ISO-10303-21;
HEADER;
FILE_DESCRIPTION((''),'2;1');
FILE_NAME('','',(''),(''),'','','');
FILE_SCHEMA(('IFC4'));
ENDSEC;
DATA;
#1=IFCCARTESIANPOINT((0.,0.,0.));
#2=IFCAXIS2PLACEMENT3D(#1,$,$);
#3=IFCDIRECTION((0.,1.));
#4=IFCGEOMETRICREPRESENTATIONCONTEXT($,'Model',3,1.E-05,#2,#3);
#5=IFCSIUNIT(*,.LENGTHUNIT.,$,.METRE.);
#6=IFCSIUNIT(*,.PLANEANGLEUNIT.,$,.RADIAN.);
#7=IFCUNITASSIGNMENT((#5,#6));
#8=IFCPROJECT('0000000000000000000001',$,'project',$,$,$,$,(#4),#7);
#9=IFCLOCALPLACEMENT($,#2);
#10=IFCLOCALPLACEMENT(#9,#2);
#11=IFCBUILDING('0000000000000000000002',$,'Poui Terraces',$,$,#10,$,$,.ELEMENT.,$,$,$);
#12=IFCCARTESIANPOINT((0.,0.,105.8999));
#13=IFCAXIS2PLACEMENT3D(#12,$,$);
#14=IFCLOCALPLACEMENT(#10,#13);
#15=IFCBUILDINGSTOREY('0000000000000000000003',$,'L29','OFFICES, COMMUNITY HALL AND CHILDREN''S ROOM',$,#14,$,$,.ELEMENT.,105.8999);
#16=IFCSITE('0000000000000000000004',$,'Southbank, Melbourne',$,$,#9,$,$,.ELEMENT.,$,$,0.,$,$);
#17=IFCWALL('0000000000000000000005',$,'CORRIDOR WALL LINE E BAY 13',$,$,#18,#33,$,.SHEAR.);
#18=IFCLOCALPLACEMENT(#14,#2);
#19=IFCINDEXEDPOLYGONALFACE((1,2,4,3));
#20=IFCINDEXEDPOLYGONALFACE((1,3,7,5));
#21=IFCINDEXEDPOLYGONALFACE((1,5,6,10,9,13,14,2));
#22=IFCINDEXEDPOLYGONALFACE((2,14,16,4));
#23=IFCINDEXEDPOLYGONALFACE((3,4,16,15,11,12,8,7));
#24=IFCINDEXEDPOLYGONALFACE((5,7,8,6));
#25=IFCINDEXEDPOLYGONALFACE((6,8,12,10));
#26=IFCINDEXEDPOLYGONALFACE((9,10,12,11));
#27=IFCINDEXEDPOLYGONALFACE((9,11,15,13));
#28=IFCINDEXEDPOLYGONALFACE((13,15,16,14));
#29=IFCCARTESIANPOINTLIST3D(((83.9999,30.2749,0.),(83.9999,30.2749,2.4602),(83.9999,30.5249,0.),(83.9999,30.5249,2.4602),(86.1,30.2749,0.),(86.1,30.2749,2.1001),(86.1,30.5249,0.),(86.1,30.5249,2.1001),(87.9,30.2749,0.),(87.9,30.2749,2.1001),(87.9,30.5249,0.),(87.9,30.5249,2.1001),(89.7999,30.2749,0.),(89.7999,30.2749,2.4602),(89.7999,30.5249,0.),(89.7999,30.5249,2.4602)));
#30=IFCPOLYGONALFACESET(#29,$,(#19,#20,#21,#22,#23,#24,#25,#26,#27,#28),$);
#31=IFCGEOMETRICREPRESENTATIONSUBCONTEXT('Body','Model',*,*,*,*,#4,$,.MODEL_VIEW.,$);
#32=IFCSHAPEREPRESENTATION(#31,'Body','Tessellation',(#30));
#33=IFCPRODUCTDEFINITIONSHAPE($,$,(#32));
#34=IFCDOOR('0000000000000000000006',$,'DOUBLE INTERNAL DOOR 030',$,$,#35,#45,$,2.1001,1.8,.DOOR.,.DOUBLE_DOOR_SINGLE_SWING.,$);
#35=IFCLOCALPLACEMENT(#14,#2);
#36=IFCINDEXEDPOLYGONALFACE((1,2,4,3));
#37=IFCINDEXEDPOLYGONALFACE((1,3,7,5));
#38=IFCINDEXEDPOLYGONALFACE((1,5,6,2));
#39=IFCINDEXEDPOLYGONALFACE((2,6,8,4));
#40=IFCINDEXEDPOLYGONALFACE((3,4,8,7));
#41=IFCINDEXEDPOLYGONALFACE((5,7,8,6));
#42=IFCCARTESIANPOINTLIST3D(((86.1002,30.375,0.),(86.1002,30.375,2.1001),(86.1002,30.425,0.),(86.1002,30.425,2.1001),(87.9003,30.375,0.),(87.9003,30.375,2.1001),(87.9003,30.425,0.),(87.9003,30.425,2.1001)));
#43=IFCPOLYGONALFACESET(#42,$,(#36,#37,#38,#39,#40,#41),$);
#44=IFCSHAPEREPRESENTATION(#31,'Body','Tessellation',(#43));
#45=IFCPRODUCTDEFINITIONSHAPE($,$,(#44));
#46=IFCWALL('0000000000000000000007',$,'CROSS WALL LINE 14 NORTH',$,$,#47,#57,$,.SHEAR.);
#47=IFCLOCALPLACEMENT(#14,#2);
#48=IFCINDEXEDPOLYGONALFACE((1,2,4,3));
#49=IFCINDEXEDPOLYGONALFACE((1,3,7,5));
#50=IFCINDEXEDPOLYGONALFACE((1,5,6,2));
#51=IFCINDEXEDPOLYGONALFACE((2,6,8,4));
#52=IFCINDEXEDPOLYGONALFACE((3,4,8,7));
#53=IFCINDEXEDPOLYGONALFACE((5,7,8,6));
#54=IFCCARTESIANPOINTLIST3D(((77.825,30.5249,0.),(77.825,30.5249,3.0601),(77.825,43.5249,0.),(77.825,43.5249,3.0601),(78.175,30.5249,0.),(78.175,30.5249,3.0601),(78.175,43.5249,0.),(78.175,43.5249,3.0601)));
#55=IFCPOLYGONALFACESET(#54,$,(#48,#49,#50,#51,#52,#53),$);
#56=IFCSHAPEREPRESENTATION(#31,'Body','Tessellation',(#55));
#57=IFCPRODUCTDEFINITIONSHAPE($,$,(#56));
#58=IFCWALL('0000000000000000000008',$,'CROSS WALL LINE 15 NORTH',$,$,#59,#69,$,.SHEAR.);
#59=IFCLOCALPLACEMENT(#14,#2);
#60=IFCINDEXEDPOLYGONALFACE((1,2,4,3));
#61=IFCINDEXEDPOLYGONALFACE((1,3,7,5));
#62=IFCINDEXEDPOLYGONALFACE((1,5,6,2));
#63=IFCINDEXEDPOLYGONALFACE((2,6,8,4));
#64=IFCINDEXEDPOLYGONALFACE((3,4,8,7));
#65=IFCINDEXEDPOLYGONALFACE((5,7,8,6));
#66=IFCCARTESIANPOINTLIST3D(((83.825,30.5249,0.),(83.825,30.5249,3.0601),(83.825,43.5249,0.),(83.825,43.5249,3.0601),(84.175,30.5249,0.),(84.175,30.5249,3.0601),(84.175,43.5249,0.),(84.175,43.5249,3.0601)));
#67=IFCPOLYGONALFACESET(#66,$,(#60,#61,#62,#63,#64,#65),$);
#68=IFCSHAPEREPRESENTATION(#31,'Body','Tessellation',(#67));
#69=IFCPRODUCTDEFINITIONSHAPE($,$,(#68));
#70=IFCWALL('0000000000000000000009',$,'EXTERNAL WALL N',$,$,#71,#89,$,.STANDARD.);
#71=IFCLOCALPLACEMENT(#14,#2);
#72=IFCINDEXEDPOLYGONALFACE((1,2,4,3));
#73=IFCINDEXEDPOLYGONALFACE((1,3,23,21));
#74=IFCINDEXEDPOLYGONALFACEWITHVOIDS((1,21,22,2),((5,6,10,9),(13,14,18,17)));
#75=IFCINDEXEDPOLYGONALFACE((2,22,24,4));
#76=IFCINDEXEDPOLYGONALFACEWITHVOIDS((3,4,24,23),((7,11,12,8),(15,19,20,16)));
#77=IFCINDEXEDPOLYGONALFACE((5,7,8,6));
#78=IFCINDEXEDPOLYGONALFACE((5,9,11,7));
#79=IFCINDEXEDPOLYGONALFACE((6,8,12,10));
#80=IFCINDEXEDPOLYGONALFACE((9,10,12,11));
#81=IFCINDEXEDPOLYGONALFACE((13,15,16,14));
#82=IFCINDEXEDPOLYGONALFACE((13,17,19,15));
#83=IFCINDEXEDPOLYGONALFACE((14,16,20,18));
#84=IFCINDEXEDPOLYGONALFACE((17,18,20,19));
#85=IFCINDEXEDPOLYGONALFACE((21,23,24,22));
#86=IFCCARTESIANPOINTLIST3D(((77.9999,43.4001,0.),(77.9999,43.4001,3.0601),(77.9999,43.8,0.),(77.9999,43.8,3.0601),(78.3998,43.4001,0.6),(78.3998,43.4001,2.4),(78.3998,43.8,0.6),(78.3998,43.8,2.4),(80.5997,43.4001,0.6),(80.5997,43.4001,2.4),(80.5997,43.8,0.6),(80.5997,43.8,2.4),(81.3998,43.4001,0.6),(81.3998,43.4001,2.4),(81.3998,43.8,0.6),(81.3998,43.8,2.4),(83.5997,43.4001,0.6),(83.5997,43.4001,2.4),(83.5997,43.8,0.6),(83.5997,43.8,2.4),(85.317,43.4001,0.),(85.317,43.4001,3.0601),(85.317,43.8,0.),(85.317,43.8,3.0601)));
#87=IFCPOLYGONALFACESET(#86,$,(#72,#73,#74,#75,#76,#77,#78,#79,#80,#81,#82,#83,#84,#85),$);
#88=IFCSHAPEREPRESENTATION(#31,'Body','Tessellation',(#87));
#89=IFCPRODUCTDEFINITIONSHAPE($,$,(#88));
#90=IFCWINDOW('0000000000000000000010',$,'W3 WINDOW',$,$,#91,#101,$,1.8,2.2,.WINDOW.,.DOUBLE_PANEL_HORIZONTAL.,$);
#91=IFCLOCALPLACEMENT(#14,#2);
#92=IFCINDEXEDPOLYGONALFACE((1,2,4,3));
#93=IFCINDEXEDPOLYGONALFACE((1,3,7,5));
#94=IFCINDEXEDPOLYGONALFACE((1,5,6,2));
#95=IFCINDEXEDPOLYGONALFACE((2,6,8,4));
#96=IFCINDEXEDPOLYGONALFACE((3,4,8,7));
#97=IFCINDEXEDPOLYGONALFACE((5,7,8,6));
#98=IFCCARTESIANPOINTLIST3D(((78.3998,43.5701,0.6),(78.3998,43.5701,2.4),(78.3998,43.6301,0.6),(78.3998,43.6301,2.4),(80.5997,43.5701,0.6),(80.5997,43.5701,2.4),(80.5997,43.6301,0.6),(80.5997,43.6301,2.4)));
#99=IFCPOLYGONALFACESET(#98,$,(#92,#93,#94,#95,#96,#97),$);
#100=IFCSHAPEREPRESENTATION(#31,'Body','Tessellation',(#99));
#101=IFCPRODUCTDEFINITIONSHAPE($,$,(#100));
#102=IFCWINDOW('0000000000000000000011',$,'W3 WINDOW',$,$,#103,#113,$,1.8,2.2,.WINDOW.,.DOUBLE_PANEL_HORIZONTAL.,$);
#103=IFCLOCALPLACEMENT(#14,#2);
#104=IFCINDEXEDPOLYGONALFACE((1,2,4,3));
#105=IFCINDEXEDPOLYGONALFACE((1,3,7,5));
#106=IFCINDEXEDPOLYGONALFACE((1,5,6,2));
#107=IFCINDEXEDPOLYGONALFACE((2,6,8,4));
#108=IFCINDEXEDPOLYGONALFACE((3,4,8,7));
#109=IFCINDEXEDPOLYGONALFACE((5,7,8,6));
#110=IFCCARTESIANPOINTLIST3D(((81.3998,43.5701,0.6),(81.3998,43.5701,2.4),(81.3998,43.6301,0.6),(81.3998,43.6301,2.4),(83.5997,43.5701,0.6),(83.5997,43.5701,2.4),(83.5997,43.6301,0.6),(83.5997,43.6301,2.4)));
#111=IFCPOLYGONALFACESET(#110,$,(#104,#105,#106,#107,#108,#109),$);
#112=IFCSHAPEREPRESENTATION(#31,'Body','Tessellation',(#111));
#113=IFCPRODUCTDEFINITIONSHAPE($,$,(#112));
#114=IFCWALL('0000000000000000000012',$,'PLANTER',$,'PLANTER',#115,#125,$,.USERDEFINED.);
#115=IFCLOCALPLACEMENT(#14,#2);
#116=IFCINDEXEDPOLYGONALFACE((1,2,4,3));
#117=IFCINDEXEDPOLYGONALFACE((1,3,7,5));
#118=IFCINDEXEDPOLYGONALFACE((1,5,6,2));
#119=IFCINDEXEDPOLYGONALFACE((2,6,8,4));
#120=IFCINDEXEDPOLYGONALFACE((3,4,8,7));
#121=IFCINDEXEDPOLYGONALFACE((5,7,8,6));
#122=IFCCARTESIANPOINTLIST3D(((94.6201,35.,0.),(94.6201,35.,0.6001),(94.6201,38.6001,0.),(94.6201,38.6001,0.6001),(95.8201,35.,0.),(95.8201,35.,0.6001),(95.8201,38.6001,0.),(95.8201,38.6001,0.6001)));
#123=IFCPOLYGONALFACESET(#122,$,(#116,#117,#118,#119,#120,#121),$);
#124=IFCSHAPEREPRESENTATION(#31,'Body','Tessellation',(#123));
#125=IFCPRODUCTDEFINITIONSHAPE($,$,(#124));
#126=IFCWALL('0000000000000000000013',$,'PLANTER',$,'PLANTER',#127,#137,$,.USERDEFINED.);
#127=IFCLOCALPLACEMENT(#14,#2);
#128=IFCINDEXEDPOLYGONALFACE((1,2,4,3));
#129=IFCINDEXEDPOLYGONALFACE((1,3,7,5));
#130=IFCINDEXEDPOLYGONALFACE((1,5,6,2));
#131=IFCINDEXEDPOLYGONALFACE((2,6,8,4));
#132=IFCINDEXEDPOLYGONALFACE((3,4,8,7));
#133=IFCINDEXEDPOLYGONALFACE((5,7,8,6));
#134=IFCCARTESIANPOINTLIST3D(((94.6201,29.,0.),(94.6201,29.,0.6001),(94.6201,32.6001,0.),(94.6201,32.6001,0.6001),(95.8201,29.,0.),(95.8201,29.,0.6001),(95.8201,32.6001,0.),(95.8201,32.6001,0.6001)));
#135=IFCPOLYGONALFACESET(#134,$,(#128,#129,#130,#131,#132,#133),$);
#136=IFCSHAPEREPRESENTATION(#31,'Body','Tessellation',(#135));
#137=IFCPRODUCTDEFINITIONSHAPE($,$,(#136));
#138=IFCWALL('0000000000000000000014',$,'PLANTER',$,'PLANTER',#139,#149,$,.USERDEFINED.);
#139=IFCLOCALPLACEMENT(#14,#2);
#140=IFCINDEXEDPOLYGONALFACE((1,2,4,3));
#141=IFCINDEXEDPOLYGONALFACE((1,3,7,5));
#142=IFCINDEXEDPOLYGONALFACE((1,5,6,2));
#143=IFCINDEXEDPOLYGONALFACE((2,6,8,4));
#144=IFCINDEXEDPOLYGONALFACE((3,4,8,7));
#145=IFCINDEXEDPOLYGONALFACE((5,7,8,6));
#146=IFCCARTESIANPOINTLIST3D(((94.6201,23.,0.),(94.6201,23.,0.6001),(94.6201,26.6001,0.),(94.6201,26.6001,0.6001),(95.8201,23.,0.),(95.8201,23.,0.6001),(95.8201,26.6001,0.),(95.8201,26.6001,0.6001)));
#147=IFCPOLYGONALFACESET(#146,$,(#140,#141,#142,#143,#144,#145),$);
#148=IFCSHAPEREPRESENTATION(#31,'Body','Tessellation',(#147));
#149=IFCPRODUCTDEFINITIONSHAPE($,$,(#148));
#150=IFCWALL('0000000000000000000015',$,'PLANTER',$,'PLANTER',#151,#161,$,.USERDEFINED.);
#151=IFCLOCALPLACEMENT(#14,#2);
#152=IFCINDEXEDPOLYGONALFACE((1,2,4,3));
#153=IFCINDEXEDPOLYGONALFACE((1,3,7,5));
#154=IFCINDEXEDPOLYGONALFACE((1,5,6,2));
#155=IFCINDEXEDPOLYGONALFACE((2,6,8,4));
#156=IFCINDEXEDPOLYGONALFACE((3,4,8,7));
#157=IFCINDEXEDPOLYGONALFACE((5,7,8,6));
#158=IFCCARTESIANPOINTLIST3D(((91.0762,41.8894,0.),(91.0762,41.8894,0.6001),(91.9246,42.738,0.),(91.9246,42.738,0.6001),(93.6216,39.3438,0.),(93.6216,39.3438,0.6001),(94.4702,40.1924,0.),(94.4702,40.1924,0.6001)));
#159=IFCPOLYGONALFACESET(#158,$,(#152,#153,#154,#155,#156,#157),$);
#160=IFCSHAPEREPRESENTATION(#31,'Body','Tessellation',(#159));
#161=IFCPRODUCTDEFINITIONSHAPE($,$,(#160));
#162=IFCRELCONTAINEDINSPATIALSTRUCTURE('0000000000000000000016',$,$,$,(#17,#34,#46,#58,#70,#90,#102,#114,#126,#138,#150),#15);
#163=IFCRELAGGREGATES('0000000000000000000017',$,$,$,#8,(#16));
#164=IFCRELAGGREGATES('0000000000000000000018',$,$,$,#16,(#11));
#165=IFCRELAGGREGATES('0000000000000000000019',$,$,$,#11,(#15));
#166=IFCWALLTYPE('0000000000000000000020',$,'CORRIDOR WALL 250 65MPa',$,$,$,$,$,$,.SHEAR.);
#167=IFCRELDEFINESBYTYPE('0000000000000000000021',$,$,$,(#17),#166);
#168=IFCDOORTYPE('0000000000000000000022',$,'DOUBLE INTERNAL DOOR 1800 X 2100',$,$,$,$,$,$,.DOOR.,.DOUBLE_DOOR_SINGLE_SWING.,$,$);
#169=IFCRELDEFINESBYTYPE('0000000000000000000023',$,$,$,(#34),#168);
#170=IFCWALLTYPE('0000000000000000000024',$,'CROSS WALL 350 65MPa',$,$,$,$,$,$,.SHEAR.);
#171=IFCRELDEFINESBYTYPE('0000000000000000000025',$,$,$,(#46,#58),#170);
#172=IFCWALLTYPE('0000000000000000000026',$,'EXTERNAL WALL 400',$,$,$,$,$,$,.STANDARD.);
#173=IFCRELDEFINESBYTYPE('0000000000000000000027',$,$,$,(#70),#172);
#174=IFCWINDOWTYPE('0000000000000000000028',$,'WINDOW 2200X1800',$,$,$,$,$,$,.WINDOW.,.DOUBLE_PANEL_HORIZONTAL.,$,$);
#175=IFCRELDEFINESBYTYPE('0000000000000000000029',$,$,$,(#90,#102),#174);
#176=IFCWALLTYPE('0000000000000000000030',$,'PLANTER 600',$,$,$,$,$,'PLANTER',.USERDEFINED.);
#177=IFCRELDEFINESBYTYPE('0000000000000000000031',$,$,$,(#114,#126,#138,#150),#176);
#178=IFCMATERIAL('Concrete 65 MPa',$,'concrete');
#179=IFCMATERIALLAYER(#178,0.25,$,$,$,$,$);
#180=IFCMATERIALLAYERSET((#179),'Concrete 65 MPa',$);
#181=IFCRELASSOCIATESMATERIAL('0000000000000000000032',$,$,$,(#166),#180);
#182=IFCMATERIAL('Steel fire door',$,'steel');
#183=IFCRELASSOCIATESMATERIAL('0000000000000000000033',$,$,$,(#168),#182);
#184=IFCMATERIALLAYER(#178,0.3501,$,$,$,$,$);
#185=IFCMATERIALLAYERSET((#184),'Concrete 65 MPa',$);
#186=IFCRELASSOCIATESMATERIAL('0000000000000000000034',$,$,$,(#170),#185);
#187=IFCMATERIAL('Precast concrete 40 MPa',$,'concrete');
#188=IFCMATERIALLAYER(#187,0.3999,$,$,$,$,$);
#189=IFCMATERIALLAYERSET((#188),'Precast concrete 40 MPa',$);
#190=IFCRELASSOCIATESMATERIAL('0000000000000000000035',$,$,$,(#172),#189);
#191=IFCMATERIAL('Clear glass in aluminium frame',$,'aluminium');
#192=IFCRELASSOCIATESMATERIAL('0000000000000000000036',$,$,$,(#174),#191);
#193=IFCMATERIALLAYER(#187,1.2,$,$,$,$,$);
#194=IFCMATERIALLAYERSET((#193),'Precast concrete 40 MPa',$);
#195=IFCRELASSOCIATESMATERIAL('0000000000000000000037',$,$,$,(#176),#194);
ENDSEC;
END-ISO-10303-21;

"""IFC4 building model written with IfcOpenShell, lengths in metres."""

from ifc_helpers import new_model, si_unit, direction, frame, frame_2d, origin, place, context, subcontext, project, spatial, polyline, rectangle, outline, extrude, source, transform, mapped, material, layer, layer_set, type_object, element, fill, save


model = new_model("IFC4")

# Units and contexts
model_context = context("Model", 3, precision=1e-05, world=origin(), true_north=direction((0.0, 1.0)))
body_context = subcontext(model_context, "Body", "Model", "MODEL_VIEW")
ifc_project = project(units=[si_unit("LENGTHUNIT", "METRE"), si_unit("PLANEANGLEUNIT", "RADIAN")], contexts=[model_context])

# Site, building, storey
site_placement = place(None, origin())
site = spatial("IfcSite", under=ifc_project, at=site_placement, Name="Southbank, Melbourne", CompositionType="ELEMENT", RefElevation=0.0)
building_placement = place(site_placement, origin())
building = spatial("IfcBuilding", under=site, at=building_placement, Name="Poui Terraces", CompositionType="ELEMENT")
storey_placement = place(building_placement, frame((0.0, 0.0, 105.8999)))
storey = spatial("IfcBuildingStorey", under=building, at=storey_placement, Name="L29", Description="OFFICES, COMMUNITY HALL AND CHILDREN'S ROOM", CompositionType="ELEMENT", Elevation=105.8999)

# Shared definitions
ifc_material_1 = material(Name="Concrete 65 MPa", Category="concrete")

# Wall, opening, door
ifc_layer_1 = layer(ifc_material_1, 0.25)
ifc_layer_set_1 = layer_set([ifc_layer_1], Name="Concrete 65 MPa")
wall_type_1 = type_object("IfcWallType", Name="CORRIDOR WALL 250 65MPa", PredefinedType="SHEAR", material=ifc_layer_set_1)
ifc_material_2 = material(Name="Steel fire door", Category="steel")
door_type = type_object("IfcDoorType", Name="DOUBLE INTERNAL DOOR 1800 X 2100", OperationType="DOUBLE_DOOR_SINGLE_SWING", PredefinedType="DOOR", material=ifc_material_2)
wall_1_placement = place(storey_placement, frame((84.0, 30.3999, 0.0), z_axis=(0.0, 0.0, 1.0), x_axis=(1.0, 0.0, 0.0)))
wall_1 = element("IfcWall", 1, at=wall_1_placement, inside=storey, type_object=wall_type_1, Name="CORRIDOR WALL LINE E BAY 13", PredefinedType="SHEAR", context=body_context, shape_type="SweptSolid", body=[
    extrude(rectangle(XDim=5.8, YDim=0.25, at=frame_2d((2.8999, 0.0))), origin(), (0.0, 0.0, 1.0), 2.4602),
])
opening_1_placement = place(wall_1_placement, frame((2.1001, 0.0, 0.0)))
opening_1 = element("IfcOpeningElement", 2, at=opening_1_placement, cuts=wall_1, PredefinedType="OPENING", context=body_context, shape_type="SweptSolid", body=[
    extrude(rectangle(XDim=1.8, YDim=2.1001, at=frame_2d((0.8999, 1.05))), frame((0.0, 0.135, 0.0), z_axis=(0.0, -1.0, 0.0), x_axis=(1.0, 0.0, 0.0)), (0.0, 0.0, 1.0), 0.27),
])
door_1_placement = place(opening_1_placement, frame((1.8, 0.0, 0.0), z_axis=(0.0, 0.0, 1.0), x_axis=(-1.0, 0.0, 0.0)))
door_1 = element("IfcDoor", 3, at=door_1_placement, inside=storey, type_object=door_type, Name="DOUBLE INTERNAL DOOR 030", OperationType="DOUBLE_DOOR_SINGLE_SWING", OverallHeight=2.1001, OverallWidth=1.8, PredefinedType="DOOR", context=body_context, shape_type="SweptSolid", body=[
    extrude(rectangle(XDim=1.8, YDim=2.1001, at=frame_2d((0.8999, 1.05))), frame((0.0, 0.0249, 0.0), z_axis=(0.0, -1.0, 0.0), x_axis=(1.0, 0.0, 0.0)), (0.0, 0.0, 1.0), 0.05),
])
fill(opening_1, door_1)

# Walls
ifc_layer_2 = layer(ifc_material_1, 0.3501)
ifc_layer_set_2 = layer_set([ifc_layer_2], Name="Concrete 65 MPa")
wall_type_2 = type_object("IfcWallType", Name="CROSS WALL 350 65MPa", PredefinedType="SHEAR", material=ifc_layer_set_2)
for number, where, z_axis, x_axis, name in (
    (4, (78.0, 30.5249, 0.0), (0.0, 0.0, 1.0), (0.0, 1.0, 0.0), "CROSS WALL LINE 14 NORTH"),
    (5, (84.0, 30.5249, 0.0), (0.0, 0.0, 1.0), (0.0, 1.0, 0.0), "CROSS WALL LINE 15 NORTH"),
):
    element("IfcWall", number, at=place(storey_placement, frame(where, z_axis=z_axis, x_axis=x_axis)), inside=storey, type_object=wall_type_2, Name=name, PredefinedType="SHEAR", context=body_context, shape_type="SweptSolid", body=[
        extrude(rectangle(XDim=13.0, YDim=0.3501, at=frame_2d((6.5, 0.0))), origin(), (0.0, 0.0, 1.0), 3.0601),
    ])

# Wall, openings, windows
ifc_material_3 = material(Name="Precast concrete 40 MPa", Category="concrete")
ifc_layer_3 = layer(ifc_material_3, 0.3999)
ifc_layer_set_3 = layer_set([ifc_layer_3], Name="Precast concrete 40 MPa")
wall_type_3 = type_object("IfcWallType", Name="EXTERNAL WALL 400", PredefinedType="STANDARD", material=ifc_layer_set_3)
wall_2_placement = place(storey_placement, frame((85.3171, 43.6001, 0.0), z_axis=(0.0, 0.0, 1.0), x_axis=(-1.0, 0.0, 0.0)))
wall_2 = element("IfcWall", 6, at=wall_2_placement, inside=storey, type_object=wall_type_3, Name="EXTERNAL WALL N", PredefinedType="STANDARD", context=body_context, shape_type="SweptSolid", body=[
    extrude(rectangle(XDim=7.3171, YDim=0.3999, at=frame_2d((3.6587, 0.0))), origin(), (0.0, 0.0, 1.0), 3.0601),
])
opening_2_placement = place(wall_2_placement, frame((4.7173, 0.0, 0.6001)))
opening_2 = element("IfcOpeningElement", 7, at=opening_2_placement, cuts=wall_2, PredefinedType="OPENING", context=body_context, shape_type="SweptSolid", body=[
    extrude(rectangle(XDim=2.2, YDim=1.8, at=frame_2d((1.1001, 0.8999))), frame((0.0, 0.21, 0.0), z_axis=(0.0, -1.0, 0.0), x_axis=(1.0, 0.0, 0.0)), (0.0, 0.0, 1.0), 0.4199),
])
opening_3_placement = place(wall_2_placement, frame((1.7173, 0.0, 0.6001)))
opening_3 = element("IfcOpeningElement", 8, at=opening_3_placement, cuts=wall_2, PredefinedType="OPENING", context=body_context, shape_type="SweptSolid", body=[
    extrude(rectangle(XDim=2.2, YDim=1.8, at=frame_2d((1.1001, 0.8999))), frame((0.0, 0.21, 0.0), z_axis=(0.0, -1.0, 0.0), x_axis=(1.0, 0.0, 0.0)), (0.0, 0.0, 1.0), 0.4199),
])
ifc_material_4 = material(Name="Clear glass in aluminium frame", Category="aluminium")
window_type = type_object("IfcWindowType", Name="WINDOW 2200X1800", PartitioningType="DOUBLE_PANEL_HORIZONTAL", PredefinedType="WINDOW", material=ifc_material_4)
window_1_placement = place(opening_2_placement, origin())
window_1 = element("IfcWindow", 9, at=window_1_placement, inside=storey, type_object=window_type, Name="W3 WINDOW", OverallHeight=1.8, OverallWidth=2.2, PartitioningType="DOUBLE_PANEL_HORIZONTAL", PredefinedType="WINDOW", context=body_context, shape_type="SweptSolid", body=[
    extrude(rectangle(XDim=2.2, YDim=1.8, at=frame_2d((1.1001, 0.8999))), frame((0.0, 0.03, 0.0), z_axis=(0.0, -1.0, 0.0), x_axis=(1.0, 0.0, 0.0)), (0.0, 0.0, 1.0), 0.0601),
])
fill(opening_2, window_1)
window_2_placement = place(opening_3_placement, origin())
window_2 = element("IfcWindow", 10, at=window_2_placement, inside=storey, type_object=window_type, Name="W3 WINDOW", OverallHeight=1.8, OverallWidth=2.2, PartitioningType="DOUBLE_PANEL_HORIZONTAL", PredefinedType="WINDOW", context=body_context, shape_type="SweptSolid", body=[
    extrude(rectangle(XDim=2.2, YDim=1.8, at=frame_2d((1.1001, 0.8999))), frame((0.0, 0.03, 0.0), z_axis=(0.0, -1.0, 0.0), x_axis=(1.0, 0.0, 0.0)), (0.0, 0.0, 1.0), 0.0601),
])
fill(opening_3, window_2)

# Walls
ifc_layer_4 = layer(ifc_material_3, 1.2)
ifc_layer_set_4 = layer_set([ifc_layer_4], Name="Precast concrete 40 MPa")
wall_type_4 = type_object("IfcWallType", Name="PLANTER 600", ElementType="PLANTER", PredefinedType="USERDEFINED", material=ifc_layer_set_4)
shared_shape_1 = source(origin(), body_context, "Body", "SweptSolid", [
    extrude(outline(polyline([(0.0, 0.0), (1.2, 0.0), (1.2, 3.6001), (0.0, 3.6001), (0.0, 0.0)])), origin(), (0.0, 0.0, 1.0), 0.6001),
])
for number, where, name in (
    (11, (94.6201, 35.0, 0.0), "PLANTER"),
    (12, (94.6201, 29.0, 0.0), "PLANTER"),
    (13, (94.6201, 23.0, 0.0), "PLANTER"),
):
    element("IfcWall", number, at=place(storey_placement, frame(where)), inside=storey, type_object=wall_type_4, Name=name, ObjectType="PLANTER", PredefinedType="USERDEFINED", context=body_context, shape_type="MappedRepresentation", body=[
        mapped(shared_shape_1, transform((0.0, 0.0, 0.0))),
    ])
shared_shape_2 = source(origin(), body_context, "Body", "SweptSolid", [
    extrude(outline(polyline([(0.0, 0.0), (2.5454, -2.5457), (3.394, -1.697), (0.8484, 0.8486), (0.0, 0.0)])), origin(), (0.0, 0.0, 1.0), 0.6001),
])
wall_3_placement = place(storey_placement, frame((91.0762, 41.8894, 0.0)))
element("IfcWall", 14, at=wall_3_placement, inside=storey, type_object=wall_type_4, Name="PLANTER", ObjectType="PLANTER", PredefinedType="USERDEFINED", context=body_context, shape_type="MappedRepresentation", body=[
    mapped(shared_shape_2, transform((0.0, 0.0, 0.0))),
])

save(model, "model.ifc")
